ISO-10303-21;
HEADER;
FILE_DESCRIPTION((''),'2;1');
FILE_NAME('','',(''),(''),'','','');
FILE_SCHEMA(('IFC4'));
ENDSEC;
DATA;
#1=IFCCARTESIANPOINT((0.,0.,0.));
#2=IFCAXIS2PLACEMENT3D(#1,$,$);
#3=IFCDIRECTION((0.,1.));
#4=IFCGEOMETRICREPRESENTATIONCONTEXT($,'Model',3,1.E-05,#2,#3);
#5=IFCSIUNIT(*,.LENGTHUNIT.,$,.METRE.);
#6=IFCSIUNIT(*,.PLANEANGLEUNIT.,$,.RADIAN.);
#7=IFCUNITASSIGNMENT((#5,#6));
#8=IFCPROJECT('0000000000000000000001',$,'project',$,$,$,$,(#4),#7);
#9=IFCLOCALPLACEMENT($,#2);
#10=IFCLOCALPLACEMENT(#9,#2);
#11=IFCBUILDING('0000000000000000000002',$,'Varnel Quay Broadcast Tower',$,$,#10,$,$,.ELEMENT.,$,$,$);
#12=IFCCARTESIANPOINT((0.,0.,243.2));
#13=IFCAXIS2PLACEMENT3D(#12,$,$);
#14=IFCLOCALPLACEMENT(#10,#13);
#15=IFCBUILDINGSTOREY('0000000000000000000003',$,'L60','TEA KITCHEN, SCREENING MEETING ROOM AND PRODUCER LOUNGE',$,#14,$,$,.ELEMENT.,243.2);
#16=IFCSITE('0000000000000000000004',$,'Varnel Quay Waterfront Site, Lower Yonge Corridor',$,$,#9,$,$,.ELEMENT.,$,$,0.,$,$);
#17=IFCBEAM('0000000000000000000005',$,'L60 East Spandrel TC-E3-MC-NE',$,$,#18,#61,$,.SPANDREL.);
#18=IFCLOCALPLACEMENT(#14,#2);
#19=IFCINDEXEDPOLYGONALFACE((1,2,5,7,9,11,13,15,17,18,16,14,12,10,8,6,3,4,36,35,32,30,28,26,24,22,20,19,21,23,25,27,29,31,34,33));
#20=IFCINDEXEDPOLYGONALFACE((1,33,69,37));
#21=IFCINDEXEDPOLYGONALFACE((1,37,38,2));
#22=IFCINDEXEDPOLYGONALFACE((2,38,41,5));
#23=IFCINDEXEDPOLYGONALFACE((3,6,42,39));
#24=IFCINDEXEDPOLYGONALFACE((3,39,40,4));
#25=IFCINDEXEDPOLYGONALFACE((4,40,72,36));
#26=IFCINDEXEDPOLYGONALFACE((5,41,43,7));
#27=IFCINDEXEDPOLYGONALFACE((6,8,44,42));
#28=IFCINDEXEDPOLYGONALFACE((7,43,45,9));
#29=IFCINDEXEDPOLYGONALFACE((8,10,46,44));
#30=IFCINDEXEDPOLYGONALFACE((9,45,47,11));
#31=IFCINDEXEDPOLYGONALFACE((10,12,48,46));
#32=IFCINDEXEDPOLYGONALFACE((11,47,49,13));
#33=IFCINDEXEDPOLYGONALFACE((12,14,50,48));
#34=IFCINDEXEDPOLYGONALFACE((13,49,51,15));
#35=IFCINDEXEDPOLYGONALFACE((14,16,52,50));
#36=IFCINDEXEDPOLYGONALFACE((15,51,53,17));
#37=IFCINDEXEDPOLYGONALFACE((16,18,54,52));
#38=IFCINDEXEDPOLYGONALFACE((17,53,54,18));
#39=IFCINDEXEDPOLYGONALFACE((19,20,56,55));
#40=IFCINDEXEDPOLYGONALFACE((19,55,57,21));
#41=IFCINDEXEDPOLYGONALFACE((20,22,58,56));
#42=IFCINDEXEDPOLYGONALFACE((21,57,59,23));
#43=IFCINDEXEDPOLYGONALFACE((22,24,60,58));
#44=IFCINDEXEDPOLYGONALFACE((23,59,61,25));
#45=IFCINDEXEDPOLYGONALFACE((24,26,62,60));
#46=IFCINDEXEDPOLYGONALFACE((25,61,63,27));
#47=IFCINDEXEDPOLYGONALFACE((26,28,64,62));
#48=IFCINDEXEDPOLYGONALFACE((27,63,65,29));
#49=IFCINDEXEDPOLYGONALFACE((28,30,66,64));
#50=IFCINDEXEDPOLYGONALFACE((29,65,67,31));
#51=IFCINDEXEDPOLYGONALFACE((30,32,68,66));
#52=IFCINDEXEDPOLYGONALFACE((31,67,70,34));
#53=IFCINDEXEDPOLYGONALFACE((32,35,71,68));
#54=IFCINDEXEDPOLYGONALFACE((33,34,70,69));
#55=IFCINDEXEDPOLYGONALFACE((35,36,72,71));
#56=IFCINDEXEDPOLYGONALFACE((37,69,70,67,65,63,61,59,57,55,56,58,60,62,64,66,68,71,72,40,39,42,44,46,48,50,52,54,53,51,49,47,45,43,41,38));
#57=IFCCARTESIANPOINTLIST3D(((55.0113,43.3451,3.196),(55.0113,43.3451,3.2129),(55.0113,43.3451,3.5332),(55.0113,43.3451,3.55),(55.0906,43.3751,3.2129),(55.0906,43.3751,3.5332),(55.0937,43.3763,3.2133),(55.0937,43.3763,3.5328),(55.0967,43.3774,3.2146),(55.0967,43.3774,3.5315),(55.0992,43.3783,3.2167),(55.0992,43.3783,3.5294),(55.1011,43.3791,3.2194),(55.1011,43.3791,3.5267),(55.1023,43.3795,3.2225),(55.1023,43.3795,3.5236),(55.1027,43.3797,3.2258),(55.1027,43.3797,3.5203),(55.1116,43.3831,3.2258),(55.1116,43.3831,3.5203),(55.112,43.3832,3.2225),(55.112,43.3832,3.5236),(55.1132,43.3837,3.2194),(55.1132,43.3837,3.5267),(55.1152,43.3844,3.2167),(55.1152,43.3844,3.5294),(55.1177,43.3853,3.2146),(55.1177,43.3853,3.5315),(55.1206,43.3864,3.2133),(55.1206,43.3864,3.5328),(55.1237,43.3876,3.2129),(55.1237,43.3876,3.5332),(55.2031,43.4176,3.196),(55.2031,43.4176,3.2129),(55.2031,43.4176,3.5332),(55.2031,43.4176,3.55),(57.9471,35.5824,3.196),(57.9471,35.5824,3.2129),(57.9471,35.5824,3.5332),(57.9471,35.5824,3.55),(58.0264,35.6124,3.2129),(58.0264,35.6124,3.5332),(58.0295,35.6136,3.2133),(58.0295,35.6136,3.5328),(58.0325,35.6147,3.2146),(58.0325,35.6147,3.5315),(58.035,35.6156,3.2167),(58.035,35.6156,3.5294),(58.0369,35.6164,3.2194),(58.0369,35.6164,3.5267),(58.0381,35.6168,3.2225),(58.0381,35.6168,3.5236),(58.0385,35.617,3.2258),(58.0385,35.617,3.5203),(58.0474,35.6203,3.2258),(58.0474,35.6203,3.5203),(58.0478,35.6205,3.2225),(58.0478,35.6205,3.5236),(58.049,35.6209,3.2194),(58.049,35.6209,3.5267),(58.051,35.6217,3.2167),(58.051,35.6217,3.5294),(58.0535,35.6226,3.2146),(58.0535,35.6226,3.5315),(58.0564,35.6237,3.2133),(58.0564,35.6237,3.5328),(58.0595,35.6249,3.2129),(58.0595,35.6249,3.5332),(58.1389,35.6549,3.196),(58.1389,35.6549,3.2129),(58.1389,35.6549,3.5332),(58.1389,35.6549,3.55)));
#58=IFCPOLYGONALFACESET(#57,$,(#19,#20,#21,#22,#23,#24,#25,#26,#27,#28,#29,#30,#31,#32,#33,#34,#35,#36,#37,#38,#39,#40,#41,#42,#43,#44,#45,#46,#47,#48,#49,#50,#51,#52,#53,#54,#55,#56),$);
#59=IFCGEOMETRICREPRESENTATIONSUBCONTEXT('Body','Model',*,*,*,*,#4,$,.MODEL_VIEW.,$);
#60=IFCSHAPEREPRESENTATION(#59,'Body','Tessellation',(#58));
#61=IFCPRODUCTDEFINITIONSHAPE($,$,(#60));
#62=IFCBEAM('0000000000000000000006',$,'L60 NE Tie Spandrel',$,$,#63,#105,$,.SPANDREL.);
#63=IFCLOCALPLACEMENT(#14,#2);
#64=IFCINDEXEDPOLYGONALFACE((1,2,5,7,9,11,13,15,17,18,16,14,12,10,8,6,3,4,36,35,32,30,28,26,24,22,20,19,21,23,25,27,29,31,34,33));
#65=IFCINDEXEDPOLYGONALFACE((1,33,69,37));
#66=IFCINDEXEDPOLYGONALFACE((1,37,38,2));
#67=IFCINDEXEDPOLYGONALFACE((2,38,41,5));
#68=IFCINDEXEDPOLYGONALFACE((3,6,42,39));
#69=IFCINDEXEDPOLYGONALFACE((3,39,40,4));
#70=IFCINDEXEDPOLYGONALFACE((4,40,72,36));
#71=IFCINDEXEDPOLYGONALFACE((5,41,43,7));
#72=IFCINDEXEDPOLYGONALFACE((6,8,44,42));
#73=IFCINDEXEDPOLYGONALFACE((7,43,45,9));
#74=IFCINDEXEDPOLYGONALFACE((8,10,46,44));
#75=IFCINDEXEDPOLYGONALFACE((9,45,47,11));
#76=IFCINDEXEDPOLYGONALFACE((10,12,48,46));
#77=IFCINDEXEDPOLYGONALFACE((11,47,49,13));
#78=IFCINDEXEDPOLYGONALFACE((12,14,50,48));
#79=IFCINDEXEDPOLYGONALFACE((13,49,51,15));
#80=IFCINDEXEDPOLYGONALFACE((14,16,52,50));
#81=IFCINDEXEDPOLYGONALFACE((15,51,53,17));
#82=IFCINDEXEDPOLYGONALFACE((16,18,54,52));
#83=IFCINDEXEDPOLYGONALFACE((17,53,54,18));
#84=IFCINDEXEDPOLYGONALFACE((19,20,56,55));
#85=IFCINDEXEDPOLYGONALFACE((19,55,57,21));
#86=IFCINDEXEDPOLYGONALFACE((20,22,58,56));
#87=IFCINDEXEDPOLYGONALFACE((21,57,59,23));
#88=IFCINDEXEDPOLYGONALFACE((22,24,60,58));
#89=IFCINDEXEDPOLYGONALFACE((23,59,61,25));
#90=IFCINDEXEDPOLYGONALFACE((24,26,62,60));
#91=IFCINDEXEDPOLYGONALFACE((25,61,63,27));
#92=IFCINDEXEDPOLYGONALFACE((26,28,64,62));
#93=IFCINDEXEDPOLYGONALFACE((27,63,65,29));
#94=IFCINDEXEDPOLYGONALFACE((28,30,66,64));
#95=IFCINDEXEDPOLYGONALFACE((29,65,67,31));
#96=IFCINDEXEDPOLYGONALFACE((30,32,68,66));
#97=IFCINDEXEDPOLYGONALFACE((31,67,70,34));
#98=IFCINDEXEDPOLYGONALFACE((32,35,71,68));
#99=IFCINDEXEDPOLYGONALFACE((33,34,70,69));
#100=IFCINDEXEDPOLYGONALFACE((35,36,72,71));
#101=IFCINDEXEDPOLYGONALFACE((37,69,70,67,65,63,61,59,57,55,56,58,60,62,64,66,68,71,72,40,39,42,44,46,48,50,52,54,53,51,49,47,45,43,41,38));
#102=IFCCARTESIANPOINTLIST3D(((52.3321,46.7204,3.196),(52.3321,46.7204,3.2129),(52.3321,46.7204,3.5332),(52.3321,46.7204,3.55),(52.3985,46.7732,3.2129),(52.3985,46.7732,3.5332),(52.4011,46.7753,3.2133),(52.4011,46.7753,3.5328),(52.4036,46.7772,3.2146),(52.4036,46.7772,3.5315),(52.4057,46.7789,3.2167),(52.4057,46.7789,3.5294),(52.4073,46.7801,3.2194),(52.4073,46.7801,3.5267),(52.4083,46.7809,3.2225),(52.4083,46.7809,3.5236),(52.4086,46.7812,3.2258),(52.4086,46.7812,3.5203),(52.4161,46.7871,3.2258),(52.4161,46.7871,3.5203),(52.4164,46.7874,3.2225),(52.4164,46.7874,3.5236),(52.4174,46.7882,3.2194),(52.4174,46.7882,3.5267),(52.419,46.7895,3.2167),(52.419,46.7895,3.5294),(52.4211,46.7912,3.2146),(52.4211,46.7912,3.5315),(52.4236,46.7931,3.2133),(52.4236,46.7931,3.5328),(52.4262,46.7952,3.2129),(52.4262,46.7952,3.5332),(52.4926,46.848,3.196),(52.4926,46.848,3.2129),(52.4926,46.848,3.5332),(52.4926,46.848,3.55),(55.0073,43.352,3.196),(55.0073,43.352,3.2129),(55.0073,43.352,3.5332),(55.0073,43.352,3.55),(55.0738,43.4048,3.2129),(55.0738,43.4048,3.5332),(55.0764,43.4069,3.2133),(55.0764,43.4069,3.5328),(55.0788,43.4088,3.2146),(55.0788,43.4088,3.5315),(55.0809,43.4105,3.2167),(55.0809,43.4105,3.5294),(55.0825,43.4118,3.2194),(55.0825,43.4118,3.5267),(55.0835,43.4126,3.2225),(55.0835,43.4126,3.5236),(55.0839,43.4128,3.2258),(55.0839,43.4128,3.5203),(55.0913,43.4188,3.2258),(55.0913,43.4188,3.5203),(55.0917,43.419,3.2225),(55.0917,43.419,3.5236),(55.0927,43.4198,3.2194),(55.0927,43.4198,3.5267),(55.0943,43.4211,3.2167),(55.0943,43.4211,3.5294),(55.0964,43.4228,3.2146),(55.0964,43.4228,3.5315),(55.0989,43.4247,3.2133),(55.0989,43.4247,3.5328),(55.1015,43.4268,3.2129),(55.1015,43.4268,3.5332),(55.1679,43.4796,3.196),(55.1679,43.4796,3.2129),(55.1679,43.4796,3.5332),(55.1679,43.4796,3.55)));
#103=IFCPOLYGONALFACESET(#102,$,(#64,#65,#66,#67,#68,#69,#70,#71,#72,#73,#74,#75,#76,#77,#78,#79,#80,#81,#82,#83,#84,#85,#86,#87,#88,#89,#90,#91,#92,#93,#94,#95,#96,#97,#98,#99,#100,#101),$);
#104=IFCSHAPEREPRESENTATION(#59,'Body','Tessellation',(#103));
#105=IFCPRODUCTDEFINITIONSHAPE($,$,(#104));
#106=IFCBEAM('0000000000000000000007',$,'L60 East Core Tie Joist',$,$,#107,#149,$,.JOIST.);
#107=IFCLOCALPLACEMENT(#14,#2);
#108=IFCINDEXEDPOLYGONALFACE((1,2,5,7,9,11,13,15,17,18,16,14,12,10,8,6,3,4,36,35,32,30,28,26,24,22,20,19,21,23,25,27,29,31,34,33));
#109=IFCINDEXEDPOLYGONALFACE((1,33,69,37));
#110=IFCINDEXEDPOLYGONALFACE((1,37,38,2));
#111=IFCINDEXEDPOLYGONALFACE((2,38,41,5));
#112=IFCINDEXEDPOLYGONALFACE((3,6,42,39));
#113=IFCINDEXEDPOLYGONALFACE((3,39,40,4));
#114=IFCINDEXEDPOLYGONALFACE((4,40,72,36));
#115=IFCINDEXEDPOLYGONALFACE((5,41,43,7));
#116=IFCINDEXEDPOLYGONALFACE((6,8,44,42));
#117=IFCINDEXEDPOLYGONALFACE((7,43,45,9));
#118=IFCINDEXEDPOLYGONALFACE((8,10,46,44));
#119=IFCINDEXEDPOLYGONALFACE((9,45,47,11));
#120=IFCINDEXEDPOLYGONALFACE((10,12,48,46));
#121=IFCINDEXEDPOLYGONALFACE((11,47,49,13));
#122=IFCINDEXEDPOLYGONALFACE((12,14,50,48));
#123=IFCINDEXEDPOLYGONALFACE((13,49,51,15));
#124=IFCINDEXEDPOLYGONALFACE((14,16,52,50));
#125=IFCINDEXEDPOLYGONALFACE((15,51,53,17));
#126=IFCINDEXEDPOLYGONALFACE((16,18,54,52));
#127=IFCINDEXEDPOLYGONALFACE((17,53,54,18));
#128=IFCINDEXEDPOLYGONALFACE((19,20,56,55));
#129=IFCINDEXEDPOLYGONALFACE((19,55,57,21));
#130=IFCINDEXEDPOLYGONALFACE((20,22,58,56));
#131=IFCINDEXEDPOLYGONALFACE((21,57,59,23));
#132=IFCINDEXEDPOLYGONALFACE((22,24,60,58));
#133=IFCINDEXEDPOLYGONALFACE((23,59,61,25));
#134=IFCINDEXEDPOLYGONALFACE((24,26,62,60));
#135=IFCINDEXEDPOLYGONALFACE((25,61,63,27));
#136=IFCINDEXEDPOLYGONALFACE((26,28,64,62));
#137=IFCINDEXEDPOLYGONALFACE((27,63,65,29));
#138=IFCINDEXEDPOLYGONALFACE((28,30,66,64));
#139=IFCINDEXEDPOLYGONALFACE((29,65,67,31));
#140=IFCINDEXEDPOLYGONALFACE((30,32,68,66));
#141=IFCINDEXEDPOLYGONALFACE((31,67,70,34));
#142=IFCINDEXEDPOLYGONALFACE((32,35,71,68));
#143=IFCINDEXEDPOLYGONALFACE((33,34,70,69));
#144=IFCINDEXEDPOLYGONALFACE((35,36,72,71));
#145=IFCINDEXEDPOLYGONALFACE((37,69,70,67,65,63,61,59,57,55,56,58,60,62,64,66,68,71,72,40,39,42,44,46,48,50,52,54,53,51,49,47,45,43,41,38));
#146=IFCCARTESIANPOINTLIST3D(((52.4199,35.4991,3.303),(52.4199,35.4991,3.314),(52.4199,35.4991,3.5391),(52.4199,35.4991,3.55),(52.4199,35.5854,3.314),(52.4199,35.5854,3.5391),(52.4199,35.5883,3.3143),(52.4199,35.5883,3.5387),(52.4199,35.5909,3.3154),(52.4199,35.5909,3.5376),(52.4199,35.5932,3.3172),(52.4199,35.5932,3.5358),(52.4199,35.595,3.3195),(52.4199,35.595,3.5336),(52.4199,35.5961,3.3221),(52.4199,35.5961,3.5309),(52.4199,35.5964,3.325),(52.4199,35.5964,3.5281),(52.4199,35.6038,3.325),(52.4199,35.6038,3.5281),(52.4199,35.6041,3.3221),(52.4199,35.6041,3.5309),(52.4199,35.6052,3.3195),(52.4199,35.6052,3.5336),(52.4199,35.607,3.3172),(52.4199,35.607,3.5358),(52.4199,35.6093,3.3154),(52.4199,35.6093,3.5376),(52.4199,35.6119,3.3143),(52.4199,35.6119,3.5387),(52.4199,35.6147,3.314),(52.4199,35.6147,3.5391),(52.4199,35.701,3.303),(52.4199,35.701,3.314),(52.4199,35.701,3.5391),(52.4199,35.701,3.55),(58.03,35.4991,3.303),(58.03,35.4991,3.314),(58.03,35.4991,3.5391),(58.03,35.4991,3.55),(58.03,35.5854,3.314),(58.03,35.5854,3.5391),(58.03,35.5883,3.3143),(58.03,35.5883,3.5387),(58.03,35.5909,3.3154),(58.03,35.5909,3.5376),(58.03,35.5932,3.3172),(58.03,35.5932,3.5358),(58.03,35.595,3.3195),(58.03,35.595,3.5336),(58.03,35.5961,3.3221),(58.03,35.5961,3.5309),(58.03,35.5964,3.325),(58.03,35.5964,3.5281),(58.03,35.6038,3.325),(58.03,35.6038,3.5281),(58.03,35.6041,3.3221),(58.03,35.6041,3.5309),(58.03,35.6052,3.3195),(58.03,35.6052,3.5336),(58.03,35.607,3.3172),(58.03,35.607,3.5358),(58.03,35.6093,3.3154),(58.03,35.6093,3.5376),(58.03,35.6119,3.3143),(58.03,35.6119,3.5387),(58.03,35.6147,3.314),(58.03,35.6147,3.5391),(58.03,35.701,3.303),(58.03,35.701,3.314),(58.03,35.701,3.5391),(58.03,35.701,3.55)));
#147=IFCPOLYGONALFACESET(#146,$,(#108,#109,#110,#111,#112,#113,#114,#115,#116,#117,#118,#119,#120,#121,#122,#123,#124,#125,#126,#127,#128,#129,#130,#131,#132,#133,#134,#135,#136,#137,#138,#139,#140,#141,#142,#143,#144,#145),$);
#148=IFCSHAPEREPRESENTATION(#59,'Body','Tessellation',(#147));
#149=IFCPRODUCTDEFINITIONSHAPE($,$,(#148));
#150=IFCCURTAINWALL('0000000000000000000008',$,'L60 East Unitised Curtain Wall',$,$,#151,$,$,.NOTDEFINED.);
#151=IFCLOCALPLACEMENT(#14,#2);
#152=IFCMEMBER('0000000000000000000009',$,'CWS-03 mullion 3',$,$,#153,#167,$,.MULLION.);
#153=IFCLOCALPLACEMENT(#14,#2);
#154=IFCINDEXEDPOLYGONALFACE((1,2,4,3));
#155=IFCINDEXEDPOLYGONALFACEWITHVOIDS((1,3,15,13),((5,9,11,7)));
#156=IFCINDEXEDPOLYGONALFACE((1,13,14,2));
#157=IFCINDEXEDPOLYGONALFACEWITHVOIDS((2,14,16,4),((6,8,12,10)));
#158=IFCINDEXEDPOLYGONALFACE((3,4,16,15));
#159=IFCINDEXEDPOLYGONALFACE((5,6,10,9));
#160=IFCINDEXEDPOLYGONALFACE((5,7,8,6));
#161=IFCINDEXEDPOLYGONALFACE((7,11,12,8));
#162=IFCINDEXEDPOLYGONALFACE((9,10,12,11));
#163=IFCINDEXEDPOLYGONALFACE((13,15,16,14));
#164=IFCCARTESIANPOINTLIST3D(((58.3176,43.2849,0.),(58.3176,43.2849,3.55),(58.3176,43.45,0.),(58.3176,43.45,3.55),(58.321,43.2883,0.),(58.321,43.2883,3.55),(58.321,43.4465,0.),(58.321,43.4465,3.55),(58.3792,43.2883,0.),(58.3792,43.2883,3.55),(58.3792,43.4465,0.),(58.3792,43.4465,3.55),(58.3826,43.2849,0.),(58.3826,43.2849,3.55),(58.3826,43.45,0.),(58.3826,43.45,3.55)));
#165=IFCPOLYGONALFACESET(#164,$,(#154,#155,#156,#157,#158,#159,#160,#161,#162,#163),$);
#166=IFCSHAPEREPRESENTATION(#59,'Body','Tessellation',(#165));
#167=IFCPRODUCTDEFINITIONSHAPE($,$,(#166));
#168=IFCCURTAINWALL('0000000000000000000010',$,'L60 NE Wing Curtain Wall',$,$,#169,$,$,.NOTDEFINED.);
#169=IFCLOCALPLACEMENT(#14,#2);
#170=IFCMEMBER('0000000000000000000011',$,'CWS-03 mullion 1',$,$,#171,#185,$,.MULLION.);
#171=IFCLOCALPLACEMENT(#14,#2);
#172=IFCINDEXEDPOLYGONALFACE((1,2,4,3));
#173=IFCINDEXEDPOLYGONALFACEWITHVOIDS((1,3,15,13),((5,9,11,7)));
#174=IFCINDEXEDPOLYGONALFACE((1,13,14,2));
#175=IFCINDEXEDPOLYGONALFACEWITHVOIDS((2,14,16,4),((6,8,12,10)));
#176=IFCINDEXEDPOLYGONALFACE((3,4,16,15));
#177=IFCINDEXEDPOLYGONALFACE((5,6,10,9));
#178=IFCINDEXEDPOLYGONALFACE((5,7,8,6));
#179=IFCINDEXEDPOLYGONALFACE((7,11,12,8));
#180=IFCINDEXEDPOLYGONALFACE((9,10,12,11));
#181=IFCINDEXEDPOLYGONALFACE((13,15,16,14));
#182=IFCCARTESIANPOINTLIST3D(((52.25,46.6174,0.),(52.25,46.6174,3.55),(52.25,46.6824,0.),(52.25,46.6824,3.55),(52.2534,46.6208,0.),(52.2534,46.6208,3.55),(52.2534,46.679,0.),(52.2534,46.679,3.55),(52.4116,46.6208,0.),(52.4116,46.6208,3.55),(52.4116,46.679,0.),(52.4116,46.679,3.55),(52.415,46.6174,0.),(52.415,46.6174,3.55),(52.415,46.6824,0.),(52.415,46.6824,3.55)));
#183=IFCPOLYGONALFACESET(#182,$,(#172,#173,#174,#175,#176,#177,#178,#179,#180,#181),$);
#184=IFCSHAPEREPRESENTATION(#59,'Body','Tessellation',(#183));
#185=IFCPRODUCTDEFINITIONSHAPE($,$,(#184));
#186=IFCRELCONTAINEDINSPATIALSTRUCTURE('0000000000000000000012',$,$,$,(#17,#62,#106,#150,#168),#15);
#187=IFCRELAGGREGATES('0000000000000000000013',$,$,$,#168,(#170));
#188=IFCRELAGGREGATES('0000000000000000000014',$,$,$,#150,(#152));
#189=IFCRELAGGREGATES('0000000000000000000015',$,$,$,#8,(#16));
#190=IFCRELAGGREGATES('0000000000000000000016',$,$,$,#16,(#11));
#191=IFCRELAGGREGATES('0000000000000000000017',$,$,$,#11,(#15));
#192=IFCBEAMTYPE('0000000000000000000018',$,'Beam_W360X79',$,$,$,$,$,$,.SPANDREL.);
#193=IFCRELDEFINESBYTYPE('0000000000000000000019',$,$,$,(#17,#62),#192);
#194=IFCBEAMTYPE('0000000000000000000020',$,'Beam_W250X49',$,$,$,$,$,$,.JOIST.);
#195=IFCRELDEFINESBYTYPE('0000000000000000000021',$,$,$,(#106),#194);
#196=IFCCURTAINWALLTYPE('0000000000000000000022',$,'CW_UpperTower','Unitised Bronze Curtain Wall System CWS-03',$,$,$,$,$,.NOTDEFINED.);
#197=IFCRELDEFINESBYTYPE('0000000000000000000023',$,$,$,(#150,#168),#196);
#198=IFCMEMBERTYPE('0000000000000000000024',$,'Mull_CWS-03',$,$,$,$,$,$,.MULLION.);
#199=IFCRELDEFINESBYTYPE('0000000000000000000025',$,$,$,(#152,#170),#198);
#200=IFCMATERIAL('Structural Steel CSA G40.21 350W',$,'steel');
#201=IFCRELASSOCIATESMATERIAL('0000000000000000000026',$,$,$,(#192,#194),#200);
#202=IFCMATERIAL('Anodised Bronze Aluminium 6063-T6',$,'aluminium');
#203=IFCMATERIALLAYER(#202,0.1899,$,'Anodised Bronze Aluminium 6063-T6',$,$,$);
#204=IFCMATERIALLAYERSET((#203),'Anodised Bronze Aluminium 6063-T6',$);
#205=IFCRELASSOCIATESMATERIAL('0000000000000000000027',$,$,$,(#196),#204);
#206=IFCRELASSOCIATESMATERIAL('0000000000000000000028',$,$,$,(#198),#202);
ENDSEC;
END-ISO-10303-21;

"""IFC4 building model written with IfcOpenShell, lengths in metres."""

from ifc_helpers import new_model, si_unit, direction, frame, origin, origin_2d, place, context, subcontext, project, spatial, hollow_rectangle, i_section, extrude, source, transform, mapped, material, layer, layer_set, material_profile, profile_set, type_object, type_shapes, element, aggregate, save


model = new_model("IFC4")

# Units and contexts
model_context = context("Model", 3, precision=1e-05, world=origin(), true_north=direction((0.0, 1.0)))
body_context = subcontext(model_context, "Body", "Model", "MODEL_VIEW")
ifc_project = project(units=[si_unit("LENGTHUNIT", "METRE"), si_unit("PLANEANGLEUNIT", "RADIAN")], contexts=[model_context])

# Site, building, storey
site_placement = place(None, origin())
site = spatial("IfcSite", under=ifc_project, at=site_placement, Name="Varnel Quay Waterfront Site, Lower Yonge Corridor", CompositionType="ELEMENT", RefElevation=0.0)
building_placement = place(site_placement, origin())
building = spatial("IfcBuilding", under=site, at=building_placement, Name="Varnel Quay Broadcast Tower", CompositionType="ELEMENT")
storey_placement = place(building_placement, frame((0.0, 0.0, 243.2)))
storey = spatial("IfcBuildingStorey", under=building, at=storey_placement, Name="L60", Description="TEA KITCHEN, SCREENING MEETING ROOM AND PRODUCER LOUNGE", CompositionType="ELEMENT", Elevation=243.2)

# Shared definitions
ifc_material_1 = material(Name="Structural Steel CSA G40.21 350W", Category="steel")

# Beams
ifc_material_profile_1 = material_profile(ifc_material_1, i_section(OverallWidth=0.2051, OverallDepth=0.354, WebThickness=0.0095, FlangeThickness=0.0168, FilletRadius=0.0129, at=origin_2d()), Name="W360X79")
ifc_profile_set_1 = profile_set([ifc_material_profile_1], Name="Structural Steel CSA G40.21 350W")
beam_type_1 = type_object("IfcBeamType", Name="Beam_W360X79", PredefinedType="SPANDREL", material=ifc_profile_set_1)
shared_shape_1 = source(origin(), body_context, "Body", "SweptSolid", [
    extrude(i_section(OverallWidth=0.2051, OverallDepth=0.354, WebThickness=0.0095, FlangeThickness=0.0168, FilletRadius=0.0129, at=origin_2d()), origin(), (0.0, 0.0, 1.0), 8.2993),
])
beam_1_placement = place(storey_placement, frame((58.043, 35.6187, 3.373), z_axis=(-0.35374, 0.935344, 0.0), x_axis=(-0.935344, -0.35374, 0.0)))
element("IfcBeam", 1, at=beam_1_placement, inside=storey, type_object=beam_type_1, Name="L60 East Spandrel TC-E3-MC-NE", PredefinedType="SPANDREL", context=body_context, shape_type="MappedRepresentation", body=[
    mapped(shared_shape_1, transform((0.0, 0.0, 0.0), x_axis=(1.0, 0.0, 0.0), y_axis=(0.0, 1.0, 0.0), z_axis=(0.0, 0.0, 1.0), scale=1.0)),
])
shared_shape_2 = source(origin(), body_context, "Body", "SweptSolid", [
    extrude(i_section(OverallWidth=0.2051, OverallDepth=0.354, WebThickness=0.0095, FlangeThickness=0.0168, FilletRadius=0.0129, at=origin_2d()), origin(), (0.0, 0.0, 1.0), 4.3015),
])
type_shapes(beam_type_1, [shared_shape_1, shared_shape_2])
beam_2_placement = place(storey_placement, frame((52.4124, 46.7842, 3.373), z_axis=(0.621936, -0.783068, 0.0), x_axis=(0.783068, 0.621936, 0.0)))
element("IfcBeam", 2, at=beam_2_placement, inside=storey, type_object=beam_type_1, Name="L60 NE Tie Spandrel", PredefinedType="SPANDREL", context=body_context, shape_type="MappedRepresentation", body=[
    mapped(shared_shape_2, transform((0.0, 0.0, 0.0), x_axis=(1.0, 0.0, 0.0), y_axis=(0.0, 1.0, 0.0), z_axis=(0.0, 0.0, 1.0), scale=1.0)),
])
ifc_material_profile_2 = material_profile(ifc_material_1, i_section(OverallWidth=0.2019, OverallDepth=0.2471, WebThickness=0.0073, FlangeThickness=0.011, FilletRadius=0.011, at=origin_2d()), Name="W250X49")
ifc_profile_set_2 = profile_set([ifc_material_profile_2], Name="Structural Steel CSA G40.21 350W")
beam_type_2 = type_object("IfcBeamType", Name="Beam_W250X49", PredefinedType="JOIST", material=ifc_profile_set_2)
shared_shape_3 = source(origin(), body_context, "Body", "SweptSolid", [
    extrude(i_section(OverallWidth=0.2019, OverallDepth=0.2471, WebThickness=0.0073, FlangeThickness=0.011, FilletRadius=0.011, at=origin_2d()), origin(), (0.0, 0.0, 1.0), 5.6101),
])
type_shapes(beam_type_2, [shared_shape_3])
beam_3_placement = place(storey_placement, frame((52.4199, 35.6001, 3.4265), z_axis=(1.0, 0.0, 0.0), x_axis=(0.0, 1.0, 0.0)))
element("IfcBeam", 3, at=beam_3_placement, inside=storey, type_object=beam_type_2, Name="L60 East Core Tie Joist", PredefinedType="JOIST", context=body_context, shape_type="MappedRepresentation", body=[
    mapped(shared_shape_3, transform((0.0, 0.0, 0.0), x_axis=(1.0, 0.0, 0.0), y_axis=(0.0, 1.0, 0.0), z_axis=(0.0, 0.0, 1.0), scale=1.0)),
])

# Curtain wall, member
ifc_material_2 = material(Name="Anodised Bronze Aluminium 6063-T6", Category="aluminium")
ifc_layer_1 = layer(ifc_material_2, 0.1899, Name="Anodised Bronze Aluminium 6063-T6")
ifc_layer_set_1 = layer_set([ifc_layer_1], Name="Anodised Bronze Aluminium 6063-T6")
curtain_wall_type = type_object("IfcCurtainWallType", Name="CW_UpperTower", Description="Unitised Bronze Curtain Wall System CWS-03", PredefinedType="NOTDEFINED", material=ifc_layer_set_1)
curtain_wall_1_placement = place(storey_placement, origin())
curtain_wall_1 = element("IfcCurtainWall", 4, at=curtain_wall_1_placement, inside=storey, type_object=curtain_wall_type, Name="L60 East Unitised Curtain Wall", PredefinedType="NOTDEFINED")
ifc_material_profile_3 = material_profile(ifc_material_2, hollow_rectangle(XDim=0.0649, YDim=0.165, WallThickness=0.0034, at=origin_2d()), Name="ALU65X165X3.5")
ifc_profile_set_3 = profile_set([ifc_material_profile_3], Name="Anodised Bronze Aluminium 6063-T6")
member_type_1 = type_object("IfcMemberType", Name="Mull_CWS-03", PredefinedType="MULLION", material=ifc_profile_set_3)
shared_shape_4 = source(origin(), body_context, "Body", "SweptSolid", [
    extrude(hollow_rectangle(XDim=0.0649, YDim=0.165, WallThickness=0.0034, at=origin_2d()), origin(), (0.0, 0.0, 1.0), 3.55),
])
type_shapes(member_type_1, [shared_shape_4])
member_1_placement = place(storey_placement, frame((58.3501, 43.3674, 0.0), z_axis=(0.0, 0.0, 1.0), x_axis=(-1.0, 0.0, 0.0)))
member_1 = element("IfcMember", 5, at=member_1_placement, type_object=member_type_1, Name="CWS-03 mullion 3", PredefinedType="MULLION", context=body_context, shape_type="MappedRepresentation", body=[
    mapped(shared_shape_4, transform((0.0, 0.0, 0.0), x_axis=(1.0, 0.0, 0.0), y_axis=(0.0, 1.0, 0.0), z_axis=(0.0, 0.0, 1.0), scale=1.0)),
])

# Curtain wall, member
curtain_wall_2_placement = place(storey_placement, origin())
curtain_wall_2 = element("IfcCurtainWall", 6, at=curtain_wall_2_placement, inside=storey, type_object=curtain_wall_type, Name="L60 NE Wing Curtain Wall", PredefinedType="NOTDEFINED")
member_2_placement = place(storey_placement, frame((52.3325, 46.6499, 0.0), z_axis=(0.0, 0.0, 1.0), x_axis=(0.0, 1.0, 0.0)))
member_2 = element("IfcMember", 7, at=member_2_placement, type_object=member_type_1, Name="CWS-03 mullion 1", PredefinedType="MULLION", context=body_context, shape_type="MappedRepresentation", body=[
    mapped(shared_shape_4, transform((0.0, 0.0, 0.0), x_axis=(1.0, 0.0, 0.0), y_axis=(0.0, 1.0, 0.0), z_axis=(0.0, 0.0, 1.0), scale=1.0)),
])
aggregate(curtain_wall_2, [member_2])

aggregate(curtain_wall_1, [member_1])

save(model, "model.ifc")
